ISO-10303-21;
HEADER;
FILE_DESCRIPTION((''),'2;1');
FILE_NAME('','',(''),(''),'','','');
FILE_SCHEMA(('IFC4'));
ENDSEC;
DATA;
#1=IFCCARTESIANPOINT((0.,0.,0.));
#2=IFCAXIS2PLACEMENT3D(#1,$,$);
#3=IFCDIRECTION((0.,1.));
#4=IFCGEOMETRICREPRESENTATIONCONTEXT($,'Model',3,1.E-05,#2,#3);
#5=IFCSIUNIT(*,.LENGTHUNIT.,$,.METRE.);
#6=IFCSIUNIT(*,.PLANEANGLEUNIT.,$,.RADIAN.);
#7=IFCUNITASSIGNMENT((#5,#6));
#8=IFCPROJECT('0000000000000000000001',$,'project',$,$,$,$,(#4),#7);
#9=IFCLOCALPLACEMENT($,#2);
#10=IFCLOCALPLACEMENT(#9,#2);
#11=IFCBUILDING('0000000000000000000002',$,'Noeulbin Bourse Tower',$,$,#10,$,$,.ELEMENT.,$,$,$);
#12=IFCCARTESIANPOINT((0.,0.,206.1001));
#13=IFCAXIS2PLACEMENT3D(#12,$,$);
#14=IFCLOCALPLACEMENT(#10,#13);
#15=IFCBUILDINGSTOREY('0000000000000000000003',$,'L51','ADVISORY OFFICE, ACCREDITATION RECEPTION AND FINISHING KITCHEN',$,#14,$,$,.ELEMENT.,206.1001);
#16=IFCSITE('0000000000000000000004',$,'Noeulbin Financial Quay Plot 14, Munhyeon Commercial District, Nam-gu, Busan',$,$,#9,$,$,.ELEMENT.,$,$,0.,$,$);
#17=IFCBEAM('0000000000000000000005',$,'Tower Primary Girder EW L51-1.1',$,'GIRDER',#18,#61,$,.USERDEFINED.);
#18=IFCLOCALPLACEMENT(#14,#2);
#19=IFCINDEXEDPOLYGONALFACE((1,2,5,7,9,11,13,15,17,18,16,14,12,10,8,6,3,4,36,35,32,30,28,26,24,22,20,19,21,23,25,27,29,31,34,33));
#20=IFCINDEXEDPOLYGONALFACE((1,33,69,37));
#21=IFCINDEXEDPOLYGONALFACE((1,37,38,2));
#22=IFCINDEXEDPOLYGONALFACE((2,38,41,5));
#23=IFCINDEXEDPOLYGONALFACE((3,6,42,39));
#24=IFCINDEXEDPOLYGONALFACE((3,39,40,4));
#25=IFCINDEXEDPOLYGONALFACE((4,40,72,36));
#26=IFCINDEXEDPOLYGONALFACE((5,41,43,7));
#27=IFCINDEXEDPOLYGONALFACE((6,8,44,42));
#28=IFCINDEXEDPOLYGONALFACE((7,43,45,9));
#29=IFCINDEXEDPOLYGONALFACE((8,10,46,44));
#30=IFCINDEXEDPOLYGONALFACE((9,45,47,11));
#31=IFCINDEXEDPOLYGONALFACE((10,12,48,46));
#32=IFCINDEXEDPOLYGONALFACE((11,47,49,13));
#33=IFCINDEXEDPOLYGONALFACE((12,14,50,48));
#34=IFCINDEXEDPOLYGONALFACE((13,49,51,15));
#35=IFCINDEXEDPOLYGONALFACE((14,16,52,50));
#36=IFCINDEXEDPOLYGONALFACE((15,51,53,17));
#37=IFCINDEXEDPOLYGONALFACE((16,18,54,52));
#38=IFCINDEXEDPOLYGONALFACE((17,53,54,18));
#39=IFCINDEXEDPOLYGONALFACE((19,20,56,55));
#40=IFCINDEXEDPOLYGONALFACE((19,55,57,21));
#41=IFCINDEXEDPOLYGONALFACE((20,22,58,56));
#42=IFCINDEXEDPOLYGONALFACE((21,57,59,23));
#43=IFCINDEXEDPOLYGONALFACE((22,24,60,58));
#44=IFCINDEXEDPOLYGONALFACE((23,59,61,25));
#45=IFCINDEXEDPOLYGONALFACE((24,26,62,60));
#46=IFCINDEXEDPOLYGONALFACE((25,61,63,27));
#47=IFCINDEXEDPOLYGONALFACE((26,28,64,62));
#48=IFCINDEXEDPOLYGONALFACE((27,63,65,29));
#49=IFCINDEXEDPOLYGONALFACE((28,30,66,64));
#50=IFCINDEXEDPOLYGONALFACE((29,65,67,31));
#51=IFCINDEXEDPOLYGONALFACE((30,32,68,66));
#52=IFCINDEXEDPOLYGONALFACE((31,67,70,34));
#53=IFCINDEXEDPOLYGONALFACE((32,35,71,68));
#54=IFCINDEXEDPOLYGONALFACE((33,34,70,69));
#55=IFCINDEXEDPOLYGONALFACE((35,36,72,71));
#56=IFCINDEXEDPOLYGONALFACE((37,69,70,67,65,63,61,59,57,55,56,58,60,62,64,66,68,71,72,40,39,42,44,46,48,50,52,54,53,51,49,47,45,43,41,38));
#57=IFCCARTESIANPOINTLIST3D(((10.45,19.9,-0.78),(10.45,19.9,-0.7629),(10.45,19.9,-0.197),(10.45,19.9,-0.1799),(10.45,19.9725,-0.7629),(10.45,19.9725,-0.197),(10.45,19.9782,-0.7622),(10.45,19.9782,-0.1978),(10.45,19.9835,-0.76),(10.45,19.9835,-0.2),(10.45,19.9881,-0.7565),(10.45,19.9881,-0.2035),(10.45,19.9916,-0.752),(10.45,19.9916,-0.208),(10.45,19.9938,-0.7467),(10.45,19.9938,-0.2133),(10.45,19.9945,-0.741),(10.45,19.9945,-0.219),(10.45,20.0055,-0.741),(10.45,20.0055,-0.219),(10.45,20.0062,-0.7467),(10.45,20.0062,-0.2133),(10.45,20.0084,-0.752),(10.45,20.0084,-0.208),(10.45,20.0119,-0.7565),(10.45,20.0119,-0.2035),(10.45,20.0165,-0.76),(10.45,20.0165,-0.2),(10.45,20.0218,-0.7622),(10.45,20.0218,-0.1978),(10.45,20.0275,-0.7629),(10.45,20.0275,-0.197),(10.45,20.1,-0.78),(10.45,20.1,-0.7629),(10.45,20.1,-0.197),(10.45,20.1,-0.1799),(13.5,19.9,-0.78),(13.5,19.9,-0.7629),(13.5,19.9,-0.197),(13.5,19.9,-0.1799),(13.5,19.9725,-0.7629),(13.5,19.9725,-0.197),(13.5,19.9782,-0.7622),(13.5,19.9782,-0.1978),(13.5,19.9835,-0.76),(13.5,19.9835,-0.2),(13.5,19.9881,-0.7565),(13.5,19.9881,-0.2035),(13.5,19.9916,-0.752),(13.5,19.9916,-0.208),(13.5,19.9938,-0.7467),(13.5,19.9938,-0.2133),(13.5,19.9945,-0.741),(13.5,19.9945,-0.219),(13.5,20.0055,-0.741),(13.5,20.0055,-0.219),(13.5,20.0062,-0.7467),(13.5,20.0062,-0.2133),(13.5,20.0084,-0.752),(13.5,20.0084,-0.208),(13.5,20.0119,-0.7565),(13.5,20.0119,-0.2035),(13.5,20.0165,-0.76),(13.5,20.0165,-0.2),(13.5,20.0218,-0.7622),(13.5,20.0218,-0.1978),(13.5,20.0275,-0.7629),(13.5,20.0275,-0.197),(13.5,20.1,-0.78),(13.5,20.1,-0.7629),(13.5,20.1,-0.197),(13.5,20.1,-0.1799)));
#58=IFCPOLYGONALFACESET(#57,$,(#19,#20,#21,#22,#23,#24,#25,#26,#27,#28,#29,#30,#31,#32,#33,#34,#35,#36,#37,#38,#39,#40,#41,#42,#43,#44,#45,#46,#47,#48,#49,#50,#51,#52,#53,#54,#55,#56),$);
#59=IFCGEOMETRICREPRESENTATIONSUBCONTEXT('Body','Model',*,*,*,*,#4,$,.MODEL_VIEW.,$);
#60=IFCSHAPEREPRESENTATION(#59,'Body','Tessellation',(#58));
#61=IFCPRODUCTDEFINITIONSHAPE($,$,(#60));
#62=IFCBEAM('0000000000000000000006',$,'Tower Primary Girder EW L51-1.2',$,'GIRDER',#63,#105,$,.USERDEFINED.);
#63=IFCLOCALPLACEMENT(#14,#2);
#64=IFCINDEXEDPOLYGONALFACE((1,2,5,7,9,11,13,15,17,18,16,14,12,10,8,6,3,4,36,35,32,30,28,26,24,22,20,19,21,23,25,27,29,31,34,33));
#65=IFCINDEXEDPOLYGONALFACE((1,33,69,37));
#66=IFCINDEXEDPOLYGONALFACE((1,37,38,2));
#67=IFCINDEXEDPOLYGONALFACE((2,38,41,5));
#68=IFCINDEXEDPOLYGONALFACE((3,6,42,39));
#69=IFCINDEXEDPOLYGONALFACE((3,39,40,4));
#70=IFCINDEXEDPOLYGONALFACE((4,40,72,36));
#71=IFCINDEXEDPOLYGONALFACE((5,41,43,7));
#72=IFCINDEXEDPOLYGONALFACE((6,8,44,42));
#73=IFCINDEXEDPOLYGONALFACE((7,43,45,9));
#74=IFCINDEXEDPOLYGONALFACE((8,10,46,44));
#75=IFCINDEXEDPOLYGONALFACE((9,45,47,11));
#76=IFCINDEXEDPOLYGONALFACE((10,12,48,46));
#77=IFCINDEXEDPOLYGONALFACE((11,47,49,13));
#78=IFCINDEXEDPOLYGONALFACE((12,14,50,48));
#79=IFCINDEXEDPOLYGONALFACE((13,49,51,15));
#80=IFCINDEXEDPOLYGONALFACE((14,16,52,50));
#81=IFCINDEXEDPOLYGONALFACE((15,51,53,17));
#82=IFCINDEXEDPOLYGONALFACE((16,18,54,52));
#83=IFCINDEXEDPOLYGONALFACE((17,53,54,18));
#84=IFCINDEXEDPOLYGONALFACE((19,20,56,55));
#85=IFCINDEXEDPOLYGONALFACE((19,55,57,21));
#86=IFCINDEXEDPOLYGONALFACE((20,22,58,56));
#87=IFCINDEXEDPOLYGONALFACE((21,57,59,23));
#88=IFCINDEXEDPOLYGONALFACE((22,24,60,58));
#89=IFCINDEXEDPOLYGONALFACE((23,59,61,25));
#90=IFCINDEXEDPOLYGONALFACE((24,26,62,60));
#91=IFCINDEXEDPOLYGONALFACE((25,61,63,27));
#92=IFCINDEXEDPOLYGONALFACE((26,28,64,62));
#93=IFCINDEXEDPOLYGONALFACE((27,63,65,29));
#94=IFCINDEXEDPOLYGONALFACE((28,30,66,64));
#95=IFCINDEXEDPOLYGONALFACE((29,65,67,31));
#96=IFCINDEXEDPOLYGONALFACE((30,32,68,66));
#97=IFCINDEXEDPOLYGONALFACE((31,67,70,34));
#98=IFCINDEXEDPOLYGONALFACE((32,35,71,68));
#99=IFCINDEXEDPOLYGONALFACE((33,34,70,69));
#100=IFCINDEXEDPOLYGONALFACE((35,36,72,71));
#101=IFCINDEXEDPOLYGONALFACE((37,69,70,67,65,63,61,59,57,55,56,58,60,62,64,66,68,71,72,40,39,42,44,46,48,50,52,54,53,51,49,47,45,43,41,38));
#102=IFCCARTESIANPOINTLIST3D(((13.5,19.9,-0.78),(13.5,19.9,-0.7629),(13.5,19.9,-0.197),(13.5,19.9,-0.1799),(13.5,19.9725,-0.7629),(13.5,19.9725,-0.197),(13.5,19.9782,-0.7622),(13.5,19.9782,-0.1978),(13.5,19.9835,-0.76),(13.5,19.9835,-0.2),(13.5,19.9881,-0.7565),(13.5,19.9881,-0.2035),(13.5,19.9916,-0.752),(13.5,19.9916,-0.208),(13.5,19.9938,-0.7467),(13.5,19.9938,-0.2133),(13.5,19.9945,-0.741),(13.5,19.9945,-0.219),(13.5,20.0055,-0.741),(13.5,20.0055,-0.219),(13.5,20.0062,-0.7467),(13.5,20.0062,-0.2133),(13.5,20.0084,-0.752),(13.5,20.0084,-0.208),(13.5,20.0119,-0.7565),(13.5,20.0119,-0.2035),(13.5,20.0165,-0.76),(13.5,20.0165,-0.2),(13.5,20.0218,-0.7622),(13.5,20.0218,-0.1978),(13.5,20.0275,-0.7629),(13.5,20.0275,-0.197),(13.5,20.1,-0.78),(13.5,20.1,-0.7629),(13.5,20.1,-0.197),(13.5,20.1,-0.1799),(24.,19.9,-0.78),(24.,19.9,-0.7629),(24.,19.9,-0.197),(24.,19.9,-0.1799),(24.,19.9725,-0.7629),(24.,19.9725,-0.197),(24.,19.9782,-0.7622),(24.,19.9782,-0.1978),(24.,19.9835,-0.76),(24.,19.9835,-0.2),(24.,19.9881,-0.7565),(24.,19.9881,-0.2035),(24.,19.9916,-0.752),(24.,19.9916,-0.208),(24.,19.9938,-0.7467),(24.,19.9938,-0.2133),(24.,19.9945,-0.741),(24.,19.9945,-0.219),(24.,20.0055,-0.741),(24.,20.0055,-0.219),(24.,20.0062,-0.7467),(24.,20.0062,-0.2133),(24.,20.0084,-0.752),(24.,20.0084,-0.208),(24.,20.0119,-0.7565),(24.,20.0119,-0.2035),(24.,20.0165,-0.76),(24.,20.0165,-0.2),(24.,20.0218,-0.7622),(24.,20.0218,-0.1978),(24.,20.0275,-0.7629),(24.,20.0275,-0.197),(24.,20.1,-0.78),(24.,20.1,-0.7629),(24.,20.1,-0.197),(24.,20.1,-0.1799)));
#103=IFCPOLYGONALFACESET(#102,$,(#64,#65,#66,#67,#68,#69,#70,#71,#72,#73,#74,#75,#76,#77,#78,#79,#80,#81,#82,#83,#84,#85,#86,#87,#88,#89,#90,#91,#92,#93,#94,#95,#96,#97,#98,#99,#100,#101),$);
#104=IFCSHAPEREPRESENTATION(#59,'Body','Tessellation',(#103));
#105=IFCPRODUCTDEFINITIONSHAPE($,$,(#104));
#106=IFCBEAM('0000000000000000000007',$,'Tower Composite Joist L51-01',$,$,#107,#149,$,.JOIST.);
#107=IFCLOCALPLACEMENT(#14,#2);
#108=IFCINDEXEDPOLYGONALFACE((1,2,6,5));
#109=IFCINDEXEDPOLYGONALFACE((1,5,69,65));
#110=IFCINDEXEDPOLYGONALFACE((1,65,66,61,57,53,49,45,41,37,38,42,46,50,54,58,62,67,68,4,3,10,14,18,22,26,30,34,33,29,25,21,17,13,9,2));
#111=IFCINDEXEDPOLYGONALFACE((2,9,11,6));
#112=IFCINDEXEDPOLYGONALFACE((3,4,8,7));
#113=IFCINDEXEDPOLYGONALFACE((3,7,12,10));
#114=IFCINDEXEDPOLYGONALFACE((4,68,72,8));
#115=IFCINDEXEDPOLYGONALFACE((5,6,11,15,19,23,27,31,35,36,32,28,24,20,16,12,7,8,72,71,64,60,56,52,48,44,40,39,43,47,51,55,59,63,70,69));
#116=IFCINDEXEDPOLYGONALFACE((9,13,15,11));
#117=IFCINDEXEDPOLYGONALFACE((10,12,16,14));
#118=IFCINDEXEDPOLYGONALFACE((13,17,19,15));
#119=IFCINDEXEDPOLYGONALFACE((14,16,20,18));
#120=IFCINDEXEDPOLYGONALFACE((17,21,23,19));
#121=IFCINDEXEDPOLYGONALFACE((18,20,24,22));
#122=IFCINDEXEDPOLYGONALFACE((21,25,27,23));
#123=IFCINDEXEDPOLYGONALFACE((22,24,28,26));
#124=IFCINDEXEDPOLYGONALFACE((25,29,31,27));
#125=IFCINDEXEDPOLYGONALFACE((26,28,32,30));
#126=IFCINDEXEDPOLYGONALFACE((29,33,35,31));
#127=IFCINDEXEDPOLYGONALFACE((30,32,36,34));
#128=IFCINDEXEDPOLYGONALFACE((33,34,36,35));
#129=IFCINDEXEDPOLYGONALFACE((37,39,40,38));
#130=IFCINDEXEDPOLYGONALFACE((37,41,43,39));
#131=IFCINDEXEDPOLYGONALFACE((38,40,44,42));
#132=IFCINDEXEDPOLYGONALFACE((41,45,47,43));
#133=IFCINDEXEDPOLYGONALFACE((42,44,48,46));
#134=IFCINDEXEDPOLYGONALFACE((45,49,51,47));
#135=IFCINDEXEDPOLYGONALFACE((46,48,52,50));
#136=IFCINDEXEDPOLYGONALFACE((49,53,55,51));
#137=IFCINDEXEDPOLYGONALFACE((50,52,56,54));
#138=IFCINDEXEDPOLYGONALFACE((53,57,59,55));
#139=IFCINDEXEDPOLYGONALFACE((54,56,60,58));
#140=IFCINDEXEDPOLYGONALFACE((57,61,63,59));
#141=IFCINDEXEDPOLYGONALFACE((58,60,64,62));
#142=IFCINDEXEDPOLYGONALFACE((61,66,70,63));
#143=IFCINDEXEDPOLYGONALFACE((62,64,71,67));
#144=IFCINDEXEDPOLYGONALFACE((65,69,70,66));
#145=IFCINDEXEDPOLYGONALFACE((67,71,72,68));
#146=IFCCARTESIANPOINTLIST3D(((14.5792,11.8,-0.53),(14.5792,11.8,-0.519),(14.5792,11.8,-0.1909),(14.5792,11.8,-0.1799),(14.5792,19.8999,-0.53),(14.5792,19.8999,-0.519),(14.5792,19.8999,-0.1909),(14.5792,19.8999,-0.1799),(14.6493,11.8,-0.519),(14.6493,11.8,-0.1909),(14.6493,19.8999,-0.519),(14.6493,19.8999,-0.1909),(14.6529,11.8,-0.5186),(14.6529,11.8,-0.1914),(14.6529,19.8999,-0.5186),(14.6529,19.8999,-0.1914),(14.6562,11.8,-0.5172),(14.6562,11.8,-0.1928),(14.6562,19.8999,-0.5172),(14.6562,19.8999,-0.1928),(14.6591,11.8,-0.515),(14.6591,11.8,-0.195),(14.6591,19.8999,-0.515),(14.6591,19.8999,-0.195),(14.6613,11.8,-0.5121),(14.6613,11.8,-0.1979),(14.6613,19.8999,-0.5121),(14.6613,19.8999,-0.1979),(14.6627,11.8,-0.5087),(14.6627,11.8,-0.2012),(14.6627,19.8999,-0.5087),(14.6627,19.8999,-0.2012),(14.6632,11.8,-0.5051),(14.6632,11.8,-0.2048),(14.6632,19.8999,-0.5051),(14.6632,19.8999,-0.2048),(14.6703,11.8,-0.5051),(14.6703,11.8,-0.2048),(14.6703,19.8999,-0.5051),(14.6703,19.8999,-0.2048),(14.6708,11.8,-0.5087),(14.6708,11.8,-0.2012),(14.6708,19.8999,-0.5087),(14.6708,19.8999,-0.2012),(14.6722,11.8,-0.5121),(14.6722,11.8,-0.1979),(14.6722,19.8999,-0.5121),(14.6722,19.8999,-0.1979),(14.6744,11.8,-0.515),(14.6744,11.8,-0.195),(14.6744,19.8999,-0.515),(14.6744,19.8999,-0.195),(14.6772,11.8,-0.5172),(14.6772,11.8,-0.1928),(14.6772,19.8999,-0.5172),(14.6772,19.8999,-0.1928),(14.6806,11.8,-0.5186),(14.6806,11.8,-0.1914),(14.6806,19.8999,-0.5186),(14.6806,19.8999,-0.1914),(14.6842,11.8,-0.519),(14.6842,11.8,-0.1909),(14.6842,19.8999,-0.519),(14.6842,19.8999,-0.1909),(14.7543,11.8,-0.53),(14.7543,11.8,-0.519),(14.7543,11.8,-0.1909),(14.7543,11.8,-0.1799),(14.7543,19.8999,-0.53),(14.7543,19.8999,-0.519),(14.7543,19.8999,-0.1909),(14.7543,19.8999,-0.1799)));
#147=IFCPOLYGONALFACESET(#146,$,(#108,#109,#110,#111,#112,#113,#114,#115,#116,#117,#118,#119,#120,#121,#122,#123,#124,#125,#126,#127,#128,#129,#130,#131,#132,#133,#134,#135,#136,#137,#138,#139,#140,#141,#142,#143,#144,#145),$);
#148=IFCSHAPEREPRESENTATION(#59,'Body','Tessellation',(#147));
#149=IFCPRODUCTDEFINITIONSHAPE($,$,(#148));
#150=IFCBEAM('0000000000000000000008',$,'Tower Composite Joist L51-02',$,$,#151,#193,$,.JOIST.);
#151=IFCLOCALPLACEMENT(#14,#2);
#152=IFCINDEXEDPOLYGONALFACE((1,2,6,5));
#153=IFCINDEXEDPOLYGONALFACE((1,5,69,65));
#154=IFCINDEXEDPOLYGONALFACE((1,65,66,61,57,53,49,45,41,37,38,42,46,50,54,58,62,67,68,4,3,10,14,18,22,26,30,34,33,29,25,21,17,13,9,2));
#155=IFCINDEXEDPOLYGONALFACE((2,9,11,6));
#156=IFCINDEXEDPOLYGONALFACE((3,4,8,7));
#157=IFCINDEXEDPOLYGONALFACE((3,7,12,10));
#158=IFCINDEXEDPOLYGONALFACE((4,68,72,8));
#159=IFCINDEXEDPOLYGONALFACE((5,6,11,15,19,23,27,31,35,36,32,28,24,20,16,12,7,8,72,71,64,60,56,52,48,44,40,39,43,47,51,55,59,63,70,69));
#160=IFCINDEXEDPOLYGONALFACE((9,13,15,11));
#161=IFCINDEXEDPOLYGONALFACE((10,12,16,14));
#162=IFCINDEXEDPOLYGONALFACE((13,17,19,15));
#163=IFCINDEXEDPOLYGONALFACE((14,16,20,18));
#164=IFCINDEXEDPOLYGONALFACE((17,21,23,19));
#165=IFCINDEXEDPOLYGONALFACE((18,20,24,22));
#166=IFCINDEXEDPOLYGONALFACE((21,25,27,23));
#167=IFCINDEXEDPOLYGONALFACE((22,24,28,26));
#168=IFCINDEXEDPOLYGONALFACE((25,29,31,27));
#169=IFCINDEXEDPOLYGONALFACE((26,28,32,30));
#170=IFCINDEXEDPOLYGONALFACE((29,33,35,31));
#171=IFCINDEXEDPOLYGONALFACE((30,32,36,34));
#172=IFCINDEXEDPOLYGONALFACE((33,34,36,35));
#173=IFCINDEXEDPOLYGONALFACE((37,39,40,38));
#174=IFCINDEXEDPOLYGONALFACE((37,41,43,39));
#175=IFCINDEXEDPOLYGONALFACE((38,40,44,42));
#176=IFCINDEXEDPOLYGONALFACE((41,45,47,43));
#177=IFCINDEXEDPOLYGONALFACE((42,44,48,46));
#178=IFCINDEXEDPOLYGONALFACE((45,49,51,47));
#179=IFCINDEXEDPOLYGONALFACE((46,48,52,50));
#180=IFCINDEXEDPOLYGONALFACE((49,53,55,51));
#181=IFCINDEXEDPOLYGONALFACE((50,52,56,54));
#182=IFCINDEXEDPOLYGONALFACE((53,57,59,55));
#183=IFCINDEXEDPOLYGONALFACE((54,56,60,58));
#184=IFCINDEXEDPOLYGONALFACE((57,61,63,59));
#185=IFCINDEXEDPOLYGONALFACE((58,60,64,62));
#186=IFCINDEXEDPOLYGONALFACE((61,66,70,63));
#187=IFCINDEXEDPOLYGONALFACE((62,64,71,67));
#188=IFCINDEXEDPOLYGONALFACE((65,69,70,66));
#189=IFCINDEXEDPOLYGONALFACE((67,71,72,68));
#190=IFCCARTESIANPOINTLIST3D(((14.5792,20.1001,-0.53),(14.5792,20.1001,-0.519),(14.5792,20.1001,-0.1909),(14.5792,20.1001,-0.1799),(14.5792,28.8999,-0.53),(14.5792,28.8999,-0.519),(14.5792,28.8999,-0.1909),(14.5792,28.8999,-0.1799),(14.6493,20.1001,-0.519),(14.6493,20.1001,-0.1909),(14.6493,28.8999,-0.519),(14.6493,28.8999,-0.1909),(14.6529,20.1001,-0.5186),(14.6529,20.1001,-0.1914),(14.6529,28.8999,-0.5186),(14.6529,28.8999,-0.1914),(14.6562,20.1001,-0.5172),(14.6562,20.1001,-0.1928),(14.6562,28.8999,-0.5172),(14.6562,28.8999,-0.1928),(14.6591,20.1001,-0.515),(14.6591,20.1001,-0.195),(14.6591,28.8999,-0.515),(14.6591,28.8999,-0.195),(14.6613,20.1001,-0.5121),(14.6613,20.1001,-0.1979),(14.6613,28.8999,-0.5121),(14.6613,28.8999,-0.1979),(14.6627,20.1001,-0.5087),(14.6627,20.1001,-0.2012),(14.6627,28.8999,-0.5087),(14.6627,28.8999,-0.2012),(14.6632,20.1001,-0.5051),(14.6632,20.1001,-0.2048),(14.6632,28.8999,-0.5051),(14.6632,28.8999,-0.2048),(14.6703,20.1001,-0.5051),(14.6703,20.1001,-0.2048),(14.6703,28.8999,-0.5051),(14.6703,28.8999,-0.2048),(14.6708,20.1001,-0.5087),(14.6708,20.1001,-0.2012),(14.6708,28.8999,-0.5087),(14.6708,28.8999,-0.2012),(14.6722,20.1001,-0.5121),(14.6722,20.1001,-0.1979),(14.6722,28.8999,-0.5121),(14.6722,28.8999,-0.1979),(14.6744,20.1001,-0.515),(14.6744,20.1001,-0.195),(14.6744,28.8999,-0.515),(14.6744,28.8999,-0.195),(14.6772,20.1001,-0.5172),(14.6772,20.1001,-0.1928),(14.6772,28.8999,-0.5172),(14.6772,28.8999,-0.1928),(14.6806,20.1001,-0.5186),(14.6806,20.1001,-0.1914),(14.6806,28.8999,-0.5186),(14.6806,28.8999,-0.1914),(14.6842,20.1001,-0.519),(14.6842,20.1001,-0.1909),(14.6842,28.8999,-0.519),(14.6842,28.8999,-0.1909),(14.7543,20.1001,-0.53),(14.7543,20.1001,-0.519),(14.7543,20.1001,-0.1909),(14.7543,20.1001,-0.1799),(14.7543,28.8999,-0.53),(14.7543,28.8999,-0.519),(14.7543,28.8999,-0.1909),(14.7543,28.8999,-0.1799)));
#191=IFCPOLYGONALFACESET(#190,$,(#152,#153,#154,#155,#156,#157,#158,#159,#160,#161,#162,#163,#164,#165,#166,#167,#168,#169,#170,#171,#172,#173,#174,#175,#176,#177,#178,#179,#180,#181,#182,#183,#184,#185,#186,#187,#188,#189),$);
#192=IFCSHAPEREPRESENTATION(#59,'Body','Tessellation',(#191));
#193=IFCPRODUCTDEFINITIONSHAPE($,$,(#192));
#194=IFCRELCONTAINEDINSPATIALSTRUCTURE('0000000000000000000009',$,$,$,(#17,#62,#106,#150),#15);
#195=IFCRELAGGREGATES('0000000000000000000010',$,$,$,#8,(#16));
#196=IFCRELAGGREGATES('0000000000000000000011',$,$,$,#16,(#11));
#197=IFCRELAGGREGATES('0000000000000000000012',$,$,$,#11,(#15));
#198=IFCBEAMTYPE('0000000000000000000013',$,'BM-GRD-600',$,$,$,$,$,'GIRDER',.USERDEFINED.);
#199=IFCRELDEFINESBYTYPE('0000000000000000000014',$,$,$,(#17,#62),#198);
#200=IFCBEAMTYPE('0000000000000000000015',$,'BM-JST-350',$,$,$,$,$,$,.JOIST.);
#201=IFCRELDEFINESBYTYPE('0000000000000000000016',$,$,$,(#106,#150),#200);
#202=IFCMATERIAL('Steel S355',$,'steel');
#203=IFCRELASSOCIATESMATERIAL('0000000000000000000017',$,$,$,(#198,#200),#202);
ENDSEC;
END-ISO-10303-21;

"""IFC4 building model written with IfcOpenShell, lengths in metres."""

from ifc_helpers import new_model, si_unit, direction, frame, origin, origin_2d, place, context, subcontext, project, spatial, i_section, extrude, material, material_profile, profile_set, type_object, element, save


model = new_model("IFC4")

# Units and contexts
model_context = context("Model", 3, precision=1e-05, world=origin(), true_north=direction((0.0, 1.0)))
body_context = subcontext(model_context, "Body", "Model", "MODEL_VIEW")
ifc_project = project(units=[si_unit("LENGTHUNIT", "METRE"), si_unit("PLANEANGLEUNIT", "RADIAN")], contexts=[model_context])

# Site, building, storey
site_placement = place(None, origin())
site = spatial("IfcSite", under=ifc_project, at=site_placement, Name="Noeulbin Financial Quay Plot 14, Munhyeon Commercial District, Nam-gu, Busan", CompositionType="ELEMENT", RefElevation=0.0)
building_placement = place(site_placement, origin())
building = spatial("IfcBuilding", under=site, at=building_placement, Name="Noeulbin Bourse Tower", CompositionType="ELEMENT")
storey_placement = place(building_placement, frame((0.0, 0.0, 206.1001)))
storey = spatial("IfcBuildingStorey", under=building, at=storey_placement, Name="L51", Description="ADVISORY OFFICE, ACCREDITATION RECEPTION AND FINISHING KITCHEN", CompositionType="ELEMENT", Elevation=206.1001)

# Shared definitions
ifc_material_1 = material(Name="Steel S355", Category="steel")

# Beams
ifc_material_profile_1 = material_profile(ifc_material_1, i_section(OverallWidth=0.2, OverallDepth=0.6001, WebThickness=0.011, FlangeThickness=0.0171, FilletRadius=0.022, at=origin_2d()), Name="H-600x200x11x17", Category="LoadBearing")
ifc_profile_set_1 = profile_set([ifc_material_profile_1], Name="Steel S355")
beam_type_1 = type_object("IfcBeamType", Name="BM-GRD-600", ElementType="GIRDER", PredefinedType="USERDEFINED", material=ifc_profile_set_1)
beam_1_placement = place(storey_placement, frame((10.45, 20.0, -0.48), z_axis=(1.0, 0.0, 0.0), x_axis=(0.0, 1.0, 0.0)))
element("IfcBeam", 1, at=beam_1_placement, inside=storey, type_object=beam_type_1, Name="Tower Primary Girder EW L51-1.1", ObjectType="GIRDER", PredefinedType="USERDEFINED", context=body_context, shape_type="SweptSolid", body=[
    extrude(i_section(OverallWidth=0.2, OverallDepth=0.6001, WebThickness=0.011, FlangeThickness=0.0171, FilletRadius=0.022, at=origin_2d()), origin(), (0.0, 0.0, 1.0), 3.05),
])
beam_2_placement = place(storey_placement, frame((13.5, 20.0, -0.48), z_axis=(1.0, 0.0, 0.0), x_axis=(0.0, 1.0, 0.0)))
element("IfcBeam", 2, at=beam_2_placement, inside=storey, type_object=beam_type_1, Name="Tower Primary Girder EW L51-1.2", ObjectType="GIRDER", PredefinedType="USERDEFINED", context=body_context, shape_type="SweptSolid", body=[
    extrude(i_section(OverallWidth=0.2, OverallDepth=0.6001, WebThickness=0.011, FlangeThickness=0.0171, FilletRadius=0.022, at=origin_2d()), origin(), (0.0, 0.0, 1.0), 10.5),
])
ifc_material_profile_2 = material_profile(ifc_material_1, i_section(OverallWidth=0.175, OverallDepth=0.3501, WebThickness=0.0071, FlangeThickness=0.011, FilletRadius=0.0139, at=origin_2d()), Name="H-350x175x7x11", Category="LoadBearing")
ifc_profile_set_2 = profile_set([ifc_material_profile_2], Name="Steel S355")
beam_type_2 = type_object("IfcBeamType", Name="BM-JST-350", PredefinedType="JOIST", material=ifc_profile_set_2)
beam_3_placement = place(storey_placement, frame((14.6667, 11.8, -0.355), z_axis=(0.0, 1.0, 0.0), x_axis=(-1.0, 0.0, 0.0)))
element("IfcBeam", 3, at=beam_3_placement, inside=storey, type_object=beam_type_2, Name="Tower Composite Joist L51-01", PredefinedType="JOIST", context=body_context, shape_type="SweptSolid", body=[
    extrude(i_section(OverallWidth=0.175, OverallDepth=0.3501, WebThickness=0.0071, FlangeThickness=0.011, FilletRadius=0.0139, at=origin_2d()), origin(), (0.0, 0.0, 1.0), 8.0999),
])
beam_4_placement = place(storey_placement, frame((14.6667, 20.1001, -0.355), z_axis=(0.0, 1.0, 0.0), x_axis=(-1.0, 0.0, 0.0)))
element("IfcBeam", 4, at=beam_4_placement, inside=storey, type_object=beam_type_2, Name="Tower Composite Joist L51-02", PredefinedType="JOIST", context=body_context, shape_type="SweptSolid", body=[
    extrude(i_section(OverallWidth=0.175, OverallDepth=0.3501, WebThickness=0.0071, FlangeThickness=0.011, FilletRadius=0.0139, at=origin_2d()), origin(), (0.0, 0.0, 1.0), 8.7998),
])

save(model, "model.ifc")
